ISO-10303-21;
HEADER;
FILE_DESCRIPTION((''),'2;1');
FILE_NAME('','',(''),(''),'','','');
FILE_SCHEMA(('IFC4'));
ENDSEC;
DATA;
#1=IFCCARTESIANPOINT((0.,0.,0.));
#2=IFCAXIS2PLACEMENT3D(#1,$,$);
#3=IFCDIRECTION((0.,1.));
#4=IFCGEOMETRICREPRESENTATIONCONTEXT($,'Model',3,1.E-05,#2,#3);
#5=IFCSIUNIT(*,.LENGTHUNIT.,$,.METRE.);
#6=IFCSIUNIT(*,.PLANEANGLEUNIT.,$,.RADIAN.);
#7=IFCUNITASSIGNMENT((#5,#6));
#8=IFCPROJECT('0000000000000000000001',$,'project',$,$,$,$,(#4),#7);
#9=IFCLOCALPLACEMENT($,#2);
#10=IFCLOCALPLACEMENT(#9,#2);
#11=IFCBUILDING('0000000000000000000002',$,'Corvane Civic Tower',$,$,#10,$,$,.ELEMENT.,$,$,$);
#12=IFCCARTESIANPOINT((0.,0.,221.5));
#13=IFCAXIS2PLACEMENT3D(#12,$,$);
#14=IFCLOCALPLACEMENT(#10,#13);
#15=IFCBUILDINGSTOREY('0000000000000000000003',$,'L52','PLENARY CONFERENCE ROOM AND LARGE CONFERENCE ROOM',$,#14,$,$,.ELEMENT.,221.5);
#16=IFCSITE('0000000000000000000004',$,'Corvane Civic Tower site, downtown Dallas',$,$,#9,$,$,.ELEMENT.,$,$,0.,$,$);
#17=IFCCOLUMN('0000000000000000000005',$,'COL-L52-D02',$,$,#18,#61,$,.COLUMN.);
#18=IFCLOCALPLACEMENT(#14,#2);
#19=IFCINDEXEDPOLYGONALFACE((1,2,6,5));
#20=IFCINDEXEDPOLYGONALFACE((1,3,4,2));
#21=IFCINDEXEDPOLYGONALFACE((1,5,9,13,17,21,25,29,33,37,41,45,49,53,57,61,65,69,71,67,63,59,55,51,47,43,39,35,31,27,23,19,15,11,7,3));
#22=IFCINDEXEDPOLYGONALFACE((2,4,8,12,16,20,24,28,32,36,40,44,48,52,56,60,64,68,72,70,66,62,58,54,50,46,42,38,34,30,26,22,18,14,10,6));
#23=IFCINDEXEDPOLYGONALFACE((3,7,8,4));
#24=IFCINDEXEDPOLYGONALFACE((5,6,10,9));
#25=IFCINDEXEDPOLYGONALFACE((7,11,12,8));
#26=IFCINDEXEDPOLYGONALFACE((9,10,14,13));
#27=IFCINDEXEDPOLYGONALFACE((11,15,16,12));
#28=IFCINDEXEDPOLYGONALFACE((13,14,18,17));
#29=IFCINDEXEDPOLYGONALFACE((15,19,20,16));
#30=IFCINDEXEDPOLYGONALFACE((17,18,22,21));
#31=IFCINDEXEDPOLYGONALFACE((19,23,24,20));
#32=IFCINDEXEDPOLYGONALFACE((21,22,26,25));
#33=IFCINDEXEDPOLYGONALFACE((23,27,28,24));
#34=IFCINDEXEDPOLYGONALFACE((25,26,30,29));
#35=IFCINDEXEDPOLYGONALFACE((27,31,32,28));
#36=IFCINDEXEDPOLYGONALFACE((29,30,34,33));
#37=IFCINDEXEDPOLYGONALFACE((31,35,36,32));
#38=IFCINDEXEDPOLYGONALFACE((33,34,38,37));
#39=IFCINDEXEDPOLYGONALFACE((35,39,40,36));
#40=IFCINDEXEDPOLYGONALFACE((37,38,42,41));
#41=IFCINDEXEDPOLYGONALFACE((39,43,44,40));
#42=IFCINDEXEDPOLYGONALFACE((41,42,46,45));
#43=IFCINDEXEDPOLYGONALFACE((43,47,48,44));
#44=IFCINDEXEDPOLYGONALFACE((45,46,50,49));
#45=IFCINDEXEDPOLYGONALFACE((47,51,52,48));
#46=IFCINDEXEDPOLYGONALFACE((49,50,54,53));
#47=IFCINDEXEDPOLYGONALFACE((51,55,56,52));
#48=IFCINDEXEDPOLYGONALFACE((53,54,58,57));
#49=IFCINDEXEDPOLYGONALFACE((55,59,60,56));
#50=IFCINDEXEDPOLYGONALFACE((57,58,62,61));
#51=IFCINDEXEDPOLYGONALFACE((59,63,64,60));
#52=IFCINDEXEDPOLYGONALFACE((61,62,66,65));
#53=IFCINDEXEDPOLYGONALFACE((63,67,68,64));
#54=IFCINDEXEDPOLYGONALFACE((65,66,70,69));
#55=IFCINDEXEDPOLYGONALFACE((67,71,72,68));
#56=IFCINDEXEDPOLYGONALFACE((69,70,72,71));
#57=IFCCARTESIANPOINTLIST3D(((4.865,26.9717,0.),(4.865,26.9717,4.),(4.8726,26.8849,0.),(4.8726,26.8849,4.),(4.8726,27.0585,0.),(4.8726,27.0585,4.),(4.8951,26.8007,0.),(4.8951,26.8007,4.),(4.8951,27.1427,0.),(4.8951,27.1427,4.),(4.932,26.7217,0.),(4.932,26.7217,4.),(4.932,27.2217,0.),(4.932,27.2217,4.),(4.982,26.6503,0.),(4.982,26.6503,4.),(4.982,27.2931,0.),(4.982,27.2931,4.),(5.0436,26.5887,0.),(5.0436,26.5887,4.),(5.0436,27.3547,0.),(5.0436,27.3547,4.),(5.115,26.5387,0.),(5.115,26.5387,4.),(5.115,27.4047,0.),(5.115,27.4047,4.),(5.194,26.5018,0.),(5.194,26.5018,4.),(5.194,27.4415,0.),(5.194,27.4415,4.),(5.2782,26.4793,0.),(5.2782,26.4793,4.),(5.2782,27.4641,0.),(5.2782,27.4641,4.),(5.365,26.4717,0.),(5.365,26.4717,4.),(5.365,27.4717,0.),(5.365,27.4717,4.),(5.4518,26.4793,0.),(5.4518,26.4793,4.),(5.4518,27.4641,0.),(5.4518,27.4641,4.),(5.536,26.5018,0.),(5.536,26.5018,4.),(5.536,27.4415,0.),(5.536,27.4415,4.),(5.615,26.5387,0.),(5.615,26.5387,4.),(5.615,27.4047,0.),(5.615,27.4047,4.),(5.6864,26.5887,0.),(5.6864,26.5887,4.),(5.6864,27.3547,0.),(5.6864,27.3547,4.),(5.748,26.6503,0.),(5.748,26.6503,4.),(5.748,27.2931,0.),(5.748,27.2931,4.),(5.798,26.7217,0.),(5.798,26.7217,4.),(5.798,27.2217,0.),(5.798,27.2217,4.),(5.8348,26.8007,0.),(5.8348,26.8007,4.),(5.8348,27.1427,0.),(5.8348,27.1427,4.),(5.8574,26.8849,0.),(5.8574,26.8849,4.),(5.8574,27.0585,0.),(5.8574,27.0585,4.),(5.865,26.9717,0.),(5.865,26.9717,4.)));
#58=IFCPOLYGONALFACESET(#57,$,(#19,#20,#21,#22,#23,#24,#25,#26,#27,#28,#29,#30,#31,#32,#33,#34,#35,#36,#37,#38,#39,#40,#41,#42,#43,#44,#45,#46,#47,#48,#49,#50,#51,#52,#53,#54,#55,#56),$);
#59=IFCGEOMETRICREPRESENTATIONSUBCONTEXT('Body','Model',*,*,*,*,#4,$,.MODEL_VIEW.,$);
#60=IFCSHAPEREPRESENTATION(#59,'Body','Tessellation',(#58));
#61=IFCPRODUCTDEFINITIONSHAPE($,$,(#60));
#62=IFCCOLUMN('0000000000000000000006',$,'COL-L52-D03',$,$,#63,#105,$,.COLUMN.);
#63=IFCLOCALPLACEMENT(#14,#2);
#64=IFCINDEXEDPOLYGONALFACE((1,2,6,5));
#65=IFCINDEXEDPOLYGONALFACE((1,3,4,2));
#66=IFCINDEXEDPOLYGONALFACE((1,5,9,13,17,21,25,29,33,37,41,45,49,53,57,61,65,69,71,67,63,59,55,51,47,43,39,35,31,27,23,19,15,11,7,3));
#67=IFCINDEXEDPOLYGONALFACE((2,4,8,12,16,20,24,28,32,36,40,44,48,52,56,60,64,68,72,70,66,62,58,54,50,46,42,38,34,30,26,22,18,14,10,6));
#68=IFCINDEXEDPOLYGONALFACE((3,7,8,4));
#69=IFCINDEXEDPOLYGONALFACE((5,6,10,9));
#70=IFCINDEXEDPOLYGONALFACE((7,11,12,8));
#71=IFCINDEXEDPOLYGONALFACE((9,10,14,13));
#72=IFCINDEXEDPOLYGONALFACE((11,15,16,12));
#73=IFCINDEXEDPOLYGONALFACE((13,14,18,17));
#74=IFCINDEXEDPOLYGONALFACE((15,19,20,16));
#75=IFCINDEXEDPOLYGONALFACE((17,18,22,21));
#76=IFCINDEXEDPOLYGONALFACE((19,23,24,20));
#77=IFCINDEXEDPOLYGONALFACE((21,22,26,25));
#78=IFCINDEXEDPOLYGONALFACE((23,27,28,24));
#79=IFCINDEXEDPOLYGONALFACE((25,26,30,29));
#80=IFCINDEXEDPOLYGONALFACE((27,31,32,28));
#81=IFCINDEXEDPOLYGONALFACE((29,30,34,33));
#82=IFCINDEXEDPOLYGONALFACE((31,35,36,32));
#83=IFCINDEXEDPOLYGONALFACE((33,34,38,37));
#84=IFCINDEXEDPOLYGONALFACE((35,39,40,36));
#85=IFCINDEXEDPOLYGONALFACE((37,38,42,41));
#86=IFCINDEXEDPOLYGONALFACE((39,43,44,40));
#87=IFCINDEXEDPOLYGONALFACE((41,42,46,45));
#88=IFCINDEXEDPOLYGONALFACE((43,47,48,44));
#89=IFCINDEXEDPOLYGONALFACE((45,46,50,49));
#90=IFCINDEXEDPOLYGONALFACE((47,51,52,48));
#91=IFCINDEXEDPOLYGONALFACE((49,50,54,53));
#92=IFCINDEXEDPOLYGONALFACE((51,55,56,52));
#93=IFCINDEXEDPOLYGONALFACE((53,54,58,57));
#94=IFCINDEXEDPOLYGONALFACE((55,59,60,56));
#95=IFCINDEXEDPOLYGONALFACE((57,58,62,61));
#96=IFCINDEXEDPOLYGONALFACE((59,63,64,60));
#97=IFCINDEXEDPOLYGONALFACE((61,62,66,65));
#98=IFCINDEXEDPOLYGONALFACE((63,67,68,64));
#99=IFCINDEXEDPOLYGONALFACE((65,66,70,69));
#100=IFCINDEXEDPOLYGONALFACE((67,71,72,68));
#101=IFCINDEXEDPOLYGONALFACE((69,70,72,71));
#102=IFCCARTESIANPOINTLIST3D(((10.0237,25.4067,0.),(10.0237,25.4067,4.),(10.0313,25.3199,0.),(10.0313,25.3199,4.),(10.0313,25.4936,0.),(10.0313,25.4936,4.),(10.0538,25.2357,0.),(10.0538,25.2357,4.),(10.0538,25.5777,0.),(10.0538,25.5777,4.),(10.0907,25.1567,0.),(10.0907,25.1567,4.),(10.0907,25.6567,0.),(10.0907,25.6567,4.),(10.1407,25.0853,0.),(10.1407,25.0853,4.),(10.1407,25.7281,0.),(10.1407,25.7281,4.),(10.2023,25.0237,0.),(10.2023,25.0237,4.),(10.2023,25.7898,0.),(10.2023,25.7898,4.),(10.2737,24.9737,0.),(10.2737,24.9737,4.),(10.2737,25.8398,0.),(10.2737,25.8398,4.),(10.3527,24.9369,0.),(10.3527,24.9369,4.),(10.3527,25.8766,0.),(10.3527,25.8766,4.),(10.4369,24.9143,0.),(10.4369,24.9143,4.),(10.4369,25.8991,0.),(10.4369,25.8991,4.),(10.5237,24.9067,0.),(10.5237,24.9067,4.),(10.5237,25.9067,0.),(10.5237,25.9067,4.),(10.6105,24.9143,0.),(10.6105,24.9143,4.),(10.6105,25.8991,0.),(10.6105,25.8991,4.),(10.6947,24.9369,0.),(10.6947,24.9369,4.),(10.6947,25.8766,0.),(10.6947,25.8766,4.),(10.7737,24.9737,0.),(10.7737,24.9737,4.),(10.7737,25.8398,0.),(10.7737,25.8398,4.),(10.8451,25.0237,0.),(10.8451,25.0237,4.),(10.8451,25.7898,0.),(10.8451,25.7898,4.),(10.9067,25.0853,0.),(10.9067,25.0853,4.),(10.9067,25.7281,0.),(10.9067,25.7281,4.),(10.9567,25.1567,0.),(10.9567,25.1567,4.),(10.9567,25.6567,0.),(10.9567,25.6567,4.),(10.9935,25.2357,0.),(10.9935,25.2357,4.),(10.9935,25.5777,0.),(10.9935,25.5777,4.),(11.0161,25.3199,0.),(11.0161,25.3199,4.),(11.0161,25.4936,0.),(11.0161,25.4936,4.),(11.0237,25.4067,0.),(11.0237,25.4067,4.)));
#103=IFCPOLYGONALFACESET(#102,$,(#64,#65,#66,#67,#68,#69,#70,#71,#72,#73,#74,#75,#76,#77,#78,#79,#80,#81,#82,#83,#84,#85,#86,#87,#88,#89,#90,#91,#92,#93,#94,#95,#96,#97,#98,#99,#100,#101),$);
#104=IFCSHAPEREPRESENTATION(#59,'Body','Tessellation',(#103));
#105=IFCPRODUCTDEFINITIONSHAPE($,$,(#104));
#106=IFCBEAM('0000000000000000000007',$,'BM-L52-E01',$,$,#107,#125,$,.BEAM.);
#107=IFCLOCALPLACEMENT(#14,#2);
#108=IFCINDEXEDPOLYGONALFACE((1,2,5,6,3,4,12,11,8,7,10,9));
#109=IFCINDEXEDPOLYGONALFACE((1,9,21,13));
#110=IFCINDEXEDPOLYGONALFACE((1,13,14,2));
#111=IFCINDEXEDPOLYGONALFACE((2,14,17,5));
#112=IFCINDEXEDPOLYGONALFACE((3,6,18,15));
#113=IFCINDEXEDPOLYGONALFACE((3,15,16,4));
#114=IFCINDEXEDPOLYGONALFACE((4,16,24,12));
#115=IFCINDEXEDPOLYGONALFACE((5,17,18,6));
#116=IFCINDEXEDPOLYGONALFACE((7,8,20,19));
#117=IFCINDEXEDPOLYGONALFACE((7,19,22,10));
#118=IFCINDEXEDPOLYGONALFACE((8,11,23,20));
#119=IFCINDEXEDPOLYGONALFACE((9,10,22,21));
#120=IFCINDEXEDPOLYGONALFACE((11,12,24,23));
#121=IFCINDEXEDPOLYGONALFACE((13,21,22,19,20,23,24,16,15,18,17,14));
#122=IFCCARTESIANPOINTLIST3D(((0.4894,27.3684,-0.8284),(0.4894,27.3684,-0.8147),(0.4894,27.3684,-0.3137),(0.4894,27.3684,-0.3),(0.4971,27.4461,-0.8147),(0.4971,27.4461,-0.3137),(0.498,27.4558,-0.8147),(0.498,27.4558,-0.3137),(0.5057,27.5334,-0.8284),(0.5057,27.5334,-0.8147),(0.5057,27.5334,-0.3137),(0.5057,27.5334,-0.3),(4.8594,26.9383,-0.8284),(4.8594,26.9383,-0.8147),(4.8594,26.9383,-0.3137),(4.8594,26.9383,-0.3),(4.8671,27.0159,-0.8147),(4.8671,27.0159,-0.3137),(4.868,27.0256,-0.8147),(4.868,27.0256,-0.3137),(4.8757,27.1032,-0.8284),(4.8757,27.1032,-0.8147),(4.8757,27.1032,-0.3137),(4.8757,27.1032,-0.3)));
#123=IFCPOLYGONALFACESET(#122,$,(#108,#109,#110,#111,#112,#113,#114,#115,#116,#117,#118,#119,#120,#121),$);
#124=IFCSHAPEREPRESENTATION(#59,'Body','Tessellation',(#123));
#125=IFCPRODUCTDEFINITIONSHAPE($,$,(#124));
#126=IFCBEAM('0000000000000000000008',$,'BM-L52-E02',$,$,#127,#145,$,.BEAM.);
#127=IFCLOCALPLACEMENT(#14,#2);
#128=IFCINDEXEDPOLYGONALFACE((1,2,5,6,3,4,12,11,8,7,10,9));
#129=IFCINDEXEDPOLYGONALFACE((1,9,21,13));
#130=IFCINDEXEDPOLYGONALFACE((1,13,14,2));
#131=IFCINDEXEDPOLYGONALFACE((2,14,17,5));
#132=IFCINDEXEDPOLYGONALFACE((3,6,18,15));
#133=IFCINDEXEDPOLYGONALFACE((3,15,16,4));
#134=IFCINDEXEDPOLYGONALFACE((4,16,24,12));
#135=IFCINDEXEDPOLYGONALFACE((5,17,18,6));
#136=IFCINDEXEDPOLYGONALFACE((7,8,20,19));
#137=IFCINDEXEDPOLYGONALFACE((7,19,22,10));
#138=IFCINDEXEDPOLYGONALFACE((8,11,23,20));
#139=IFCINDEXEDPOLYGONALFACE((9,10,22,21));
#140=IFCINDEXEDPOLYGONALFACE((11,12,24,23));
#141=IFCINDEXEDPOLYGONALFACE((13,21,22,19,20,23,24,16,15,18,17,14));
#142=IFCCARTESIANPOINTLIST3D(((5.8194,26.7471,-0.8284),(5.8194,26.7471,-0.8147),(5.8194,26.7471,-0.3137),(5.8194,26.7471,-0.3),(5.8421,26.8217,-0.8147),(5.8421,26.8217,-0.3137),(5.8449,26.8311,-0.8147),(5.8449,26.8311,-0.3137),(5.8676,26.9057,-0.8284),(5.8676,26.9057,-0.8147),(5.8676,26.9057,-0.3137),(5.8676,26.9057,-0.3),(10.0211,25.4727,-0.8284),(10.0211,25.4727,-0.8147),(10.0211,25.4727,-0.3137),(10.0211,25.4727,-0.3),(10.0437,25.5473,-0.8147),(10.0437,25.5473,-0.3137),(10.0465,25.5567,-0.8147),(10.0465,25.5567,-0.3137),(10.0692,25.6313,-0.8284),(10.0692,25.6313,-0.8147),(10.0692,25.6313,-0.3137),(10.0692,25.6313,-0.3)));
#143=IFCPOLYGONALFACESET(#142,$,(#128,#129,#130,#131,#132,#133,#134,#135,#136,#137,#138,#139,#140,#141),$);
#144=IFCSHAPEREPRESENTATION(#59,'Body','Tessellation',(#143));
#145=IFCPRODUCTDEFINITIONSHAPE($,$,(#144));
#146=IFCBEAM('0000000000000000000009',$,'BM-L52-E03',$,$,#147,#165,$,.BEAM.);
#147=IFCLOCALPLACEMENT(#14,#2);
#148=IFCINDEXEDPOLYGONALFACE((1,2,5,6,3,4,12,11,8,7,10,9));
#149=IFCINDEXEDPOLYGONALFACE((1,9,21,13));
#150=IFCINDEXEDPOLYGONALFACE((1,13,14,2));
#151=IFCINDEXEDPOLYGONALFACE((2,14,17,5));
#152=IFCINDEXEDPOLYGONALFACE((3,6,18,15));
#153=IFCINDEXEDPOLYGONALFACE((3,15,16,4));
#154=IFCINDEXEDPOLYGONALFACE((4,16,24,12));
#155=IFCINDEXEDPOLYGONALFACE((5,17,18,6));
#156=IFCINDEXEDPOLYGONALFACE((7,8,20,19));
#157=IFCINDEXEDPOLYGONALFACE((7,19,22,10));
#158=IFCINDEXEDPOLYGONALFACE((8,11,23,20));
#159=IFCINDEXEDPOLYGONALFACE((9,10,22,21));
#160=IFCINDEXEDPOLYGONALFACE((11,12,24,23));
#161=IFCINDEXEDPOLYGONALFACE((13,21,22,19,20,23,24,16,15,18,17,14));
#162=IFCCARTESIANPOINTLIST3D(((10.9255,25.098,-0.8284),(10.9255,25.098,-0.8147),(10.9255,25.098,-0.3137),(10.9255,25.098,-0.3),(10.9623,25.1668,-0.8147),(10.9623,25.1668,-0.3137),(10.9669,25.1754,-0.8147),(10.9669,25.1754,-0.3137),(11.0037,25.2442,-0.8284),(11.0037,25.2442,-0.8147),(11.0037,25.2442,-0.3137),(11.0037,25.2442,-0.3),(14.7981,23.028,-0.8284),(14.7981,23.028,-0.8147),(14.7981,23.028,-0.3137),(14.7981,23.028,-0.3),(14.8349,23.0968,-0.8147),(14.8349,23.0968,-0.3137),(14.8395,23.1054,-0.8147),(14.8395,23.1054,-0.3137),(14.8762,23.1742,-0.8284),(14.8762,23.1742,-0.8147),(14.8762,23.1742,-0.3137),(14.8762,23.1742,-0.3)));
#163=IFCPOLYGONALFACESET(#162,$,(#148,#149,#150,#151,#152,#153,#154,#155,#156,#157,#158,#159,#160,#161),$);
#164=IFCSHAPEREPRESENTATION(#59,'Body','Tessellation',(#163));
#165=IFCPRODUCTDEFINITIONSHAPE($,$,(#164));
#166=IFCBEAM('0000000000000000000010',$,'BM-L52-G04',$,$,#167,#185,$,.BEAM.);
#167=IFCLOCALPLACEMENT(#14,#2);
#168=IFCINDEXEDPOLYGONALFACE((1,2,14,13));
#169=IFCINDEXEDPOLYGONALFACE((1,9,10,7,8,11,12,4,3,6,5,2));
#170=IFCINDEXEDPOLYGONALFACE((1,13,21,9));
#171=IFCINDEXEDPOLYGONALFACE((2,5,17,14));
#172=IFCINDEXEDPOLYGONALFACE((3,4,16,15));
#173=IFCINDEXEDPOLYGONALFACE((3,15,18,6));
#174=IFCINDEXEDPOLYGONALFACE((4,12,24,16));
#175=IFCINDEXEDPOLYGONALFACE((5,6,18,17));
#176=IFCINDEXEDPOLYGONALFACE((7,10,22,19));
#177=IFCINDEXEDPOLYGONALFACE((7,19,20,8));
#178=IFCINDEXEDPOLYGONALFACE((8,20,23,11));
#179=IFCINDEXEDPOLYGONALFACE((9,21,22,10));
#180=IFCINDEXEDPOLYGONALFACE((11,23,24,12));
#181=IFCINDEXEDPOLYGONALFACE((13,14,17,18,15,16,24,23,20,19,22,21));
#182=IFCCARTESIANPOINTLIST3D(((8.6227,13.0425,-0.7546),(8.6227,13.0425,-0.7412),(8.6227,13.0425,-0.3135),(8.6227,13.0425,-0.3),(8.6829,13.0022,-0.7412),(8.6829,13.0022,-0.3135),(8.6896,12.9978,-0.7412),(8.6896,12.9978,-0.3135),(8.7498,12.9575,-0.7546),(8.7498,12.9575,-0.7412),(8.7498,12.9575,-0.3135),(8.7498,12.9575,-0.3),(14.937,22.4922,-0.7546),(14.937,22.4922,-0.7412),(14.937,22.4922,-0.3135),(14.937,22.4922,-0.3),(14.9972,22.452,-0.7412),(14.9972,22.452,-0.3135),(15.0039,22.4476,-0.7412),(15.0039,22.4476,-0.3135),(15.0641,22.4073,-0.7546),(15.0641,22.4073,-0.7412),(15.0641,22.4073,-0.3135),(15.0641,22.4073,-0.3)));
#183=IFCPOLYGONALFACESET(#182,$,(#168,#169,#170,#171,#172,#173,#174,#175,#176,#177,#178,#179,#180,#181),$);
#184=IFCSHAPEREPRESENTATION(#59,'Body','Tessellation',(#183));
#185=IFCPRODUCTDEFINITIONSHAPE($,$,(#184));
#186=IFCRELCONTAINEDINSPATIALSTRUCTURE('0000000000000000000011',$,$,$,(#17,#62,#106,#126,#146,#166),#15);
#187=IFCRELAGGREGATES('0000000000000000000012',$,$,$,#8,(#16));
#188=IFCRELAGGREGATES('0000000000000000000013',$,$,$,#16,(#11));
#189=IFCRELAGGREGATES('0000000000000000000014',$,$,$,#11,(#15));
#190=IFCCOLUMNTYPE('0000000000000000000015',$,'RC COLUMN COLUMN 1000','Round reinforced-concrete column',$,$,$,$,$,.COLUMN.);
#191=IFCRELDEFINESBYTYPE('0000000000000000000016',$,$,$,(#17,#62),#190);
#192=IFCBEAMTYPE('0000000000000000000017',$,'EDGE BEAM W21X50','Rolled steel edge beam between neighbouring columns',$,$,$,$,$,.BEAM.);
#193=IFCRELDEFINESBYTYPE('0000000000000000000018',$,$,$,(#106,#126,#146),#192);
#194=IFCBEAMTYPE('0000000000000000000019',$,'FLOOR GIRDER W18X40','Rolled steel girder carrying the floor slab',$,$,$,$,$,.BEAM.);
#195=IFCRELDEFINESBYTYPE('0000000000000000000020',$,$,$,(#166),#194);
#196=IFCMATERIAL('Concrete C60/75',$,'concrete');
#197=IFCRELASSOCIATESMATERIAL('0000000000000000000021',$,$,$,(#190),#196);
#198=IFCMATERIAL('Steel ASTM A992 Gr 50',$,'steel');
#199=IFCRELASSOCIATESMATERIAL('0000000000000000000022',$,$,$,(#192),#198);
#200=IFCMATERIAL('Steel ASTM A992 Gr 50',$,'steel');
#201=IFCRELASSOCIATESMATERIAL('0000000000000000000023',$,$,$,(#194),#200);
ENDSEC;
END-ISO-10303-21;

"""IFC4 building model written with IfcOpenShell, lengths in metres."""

from ifc_helpers import new_model, si_unit, direction, frame, origin, origin_2d, place, context, subcontext, project, spatial, circle, i_section, extrude, material, material_profile, profile_set, type_object, element, save


model = new_model("IFC4")

# Units and contexts
model_context = context("Model", 3, precision=1e-05, world=origin(), true_north=direction((0.0, 1.0)))
body_context = subcontext(model_context, "Body", "Model", "MODEL_VIEW")
ifc_project = project(units=[si_unit("LENGTHUNIT", "METRE"), si_unit("PLANEANGLEUNIT", "RADIAN")], contexts=[model_context])

# Site, building, storey
site_placement = place(None, origin())
site = spatial("IfcSite", under=ifc_project, at=site_placement, Name="Corvane Civic Tower site, downtown Dallas", CompositionType="ELEMENT", RefElevation=0.0)
building_placement = place(site_placement, origin())
building = spatial("IfcBuilding", under=site, at=building_placement, Name="Corvane Civic Tower", CompositionType="ELEMENT")
storey_placement = place(building_placement, frame((0.0, 0.0, 221.5)))
storey = spatial("IfcBuildingStorey", under=building, at=storey_placement, Name="L52", Description="PLENARY CONFERENCE ROOM AND LARGE CONFERENCE ROOM", CompositionType="ELEMENT", Elevation=221.5)

# Columns
ifc_material_1 = material(Name="Concrete C60/75", Category="concrete")
ifc_material_profile_1 = material_profile(ifc_material_1, circle(Radius=0.5, at=origin_2d()), Name="COLUMN 1000")
ifc_profile_set_1 = profile_set([ifc_material_profile_1], Name="Concrete C60/75")
column_type = type_object("IfcColumnType", Name="RC COLUMN COLUMN 1000", Description="Round reinforced-concrete column", PredefinedType="COLUMN", material=ifc_profile_set_1)
for number, where, z_axis, x_axis, name in (
    (1, (5.365, 26.9717, 0.0), (0.0, 0.0, 1.0), (1.0, 0.0, 0.0), "COL-L52-D02"),
    (2, (10.5237, 25.4067, 0.0), (0.0, 0.0, 1.0), (1.0, 0.0, 0.0), "COL-L52-D03"),
):
    element("IfcColumn", number, at=place(storey_placement, frame(where, z_axis=z_axis, x_axis=x_axis)), inside=storey, type_object=column_type, Name=name, PredefinedType="COLUMN", context=body_context, shape_type="SweptSolid", body=[
        extrude(circle(Radius=0.5, at=origin_2d()), origin(), (0.0, 0.0, 1.0), 4.0),
    ])

# Beams
ifc_material_2 = material(Name="Steel ASTM A992 Gr 50", Category="steel")
ifc_material_profile_2 = material_profile(ifc_material_2, i_section(OverallWidth=0.1658, OverallDepth=0.5283, WebThickness=0.0098, FlangeThickness=0.0137, at=origin_2d()), Name="W21X50")
ifc_profile_set_2 = profile_set([ifc_material_profile_2], Name="Steel ASTM A992 Gr 50")
beam_type_1 = type_object("IfcBeamType", Name="EDGE BEAM W21X50", Description="Rolled steel edge beam between neighbouring columns", PredefinedType="BEAM", material=ifc_profile_set_2)
beam_1_placement = place(storey_placement, frame((0.4976, 27.4509, -0.5642), z_axis=(0.99519, -0.097968, 0.0), x_axis=(0.097968, 0.99519, 0.0)))
element("IfcBeam", 3, at=beam_1_placement, inside=storey, type_object=beam_type_1, Name="BM-L52-E01", PredefinedType="BEAM", context=body_context, shape_type="SweptSolid", body=[
    extrude(i_section(OverallWidth=0.1658, OverallDepth=0.5283, WebThickness=0.0098, FlangeThickness=0.0137, at=origin_2d()), origin(), (0.0, 0.0, 1.0), 4.3911),
])
beam_2_placement = place(storey_placement, frame((5.8435, 26.8264, -0.5642), z_axis=(0.95695, -0.290254, 0.0), x_axis=(0.290254, 0.95695, 0.0)))
element("IfcBeam", 4, at=beam_2_placement, inside=storey, type_object=beam_type_1, Name="BM-L52-E02", PredefinedType="BEAM", context=body_context, shape_type="SweptSolid", body=[
    extrude(i_section(OverallWidth=0.1658, OverallDepth=0.5283, WebThickness=0.0098, FlangeThickness=0.0137, at=origin_2d()), origin(), (0.0, 0.0, 1.0), 4.3906),
])
beam_3_placement = place(storey_placement, frame((10.9646, 25.1711, -0.5642), z_axis=(0.881908, -0.471422, 0.0), x_axis=(0.471422, 0.881908, 0.0)))
element("IfcBeam", 5, at=beam_3_placement, inside=storey, type_object=beam_type_1, Name="BM-L52-E03", PredefinedType="BEAM", context=body_context, shape_type="SweptSolid", body=[
    extrude(i_section(OverallWidth=0.1658, OverallDepth=0.5283, WebThickness=0.0098, FlangeThickness=0.0137, at=origin_2d()), origin(), (0.0, 0.0, 1.0), 4.3911),
])
ifc_material_3 = material(Name="Steel ASTM A992 Gr 50", Category="steel")
ifc_material_profile_3 = material_profile(ifc_material_3, i_section(OverallWidth=0.1528, OverallDepth=0.4546, WebThickness=0.0081, FlangeThickness=0.0134, at=origin_2d()), Name="W18X40")
ifc_profile_set_3 = profile_set([ifc_material_profile_3], Name="Steel ASTM A992 Gr 50")
beam_type_2 = type_object("IfcBeamType", Name="FLOOR GIRDER W18X40", Description="Rolled steel girder carrying the floor slab", PredefinedType="BEAM", material=ifc_profile_set_3)
beam_4_placement = place(storey_placement, frame((8.6863, 13.0, -0.5273), z_axis=(0.555577, 0.831465, 0.0), x_axis=(-0.831465, 0.555577, 0.0)))
element("IfcBeam", 6, at=beam_4_placement, inside=storey, type_object=beam_type_2, Name="BM-L52-G04", PredefinedType="BEAM", context=body_context, shape_type="SweptSolid", body=[
    extrude(i_section(OverallWidth=0.1528, OverallDepth=0.4546, WebThickness=0.0081, FlangeThickness=0.0134, at=origin_2d()), origin(), (0.0, 0.0, 1.0), 11.3652),
])

save(model, "model.ifc")
